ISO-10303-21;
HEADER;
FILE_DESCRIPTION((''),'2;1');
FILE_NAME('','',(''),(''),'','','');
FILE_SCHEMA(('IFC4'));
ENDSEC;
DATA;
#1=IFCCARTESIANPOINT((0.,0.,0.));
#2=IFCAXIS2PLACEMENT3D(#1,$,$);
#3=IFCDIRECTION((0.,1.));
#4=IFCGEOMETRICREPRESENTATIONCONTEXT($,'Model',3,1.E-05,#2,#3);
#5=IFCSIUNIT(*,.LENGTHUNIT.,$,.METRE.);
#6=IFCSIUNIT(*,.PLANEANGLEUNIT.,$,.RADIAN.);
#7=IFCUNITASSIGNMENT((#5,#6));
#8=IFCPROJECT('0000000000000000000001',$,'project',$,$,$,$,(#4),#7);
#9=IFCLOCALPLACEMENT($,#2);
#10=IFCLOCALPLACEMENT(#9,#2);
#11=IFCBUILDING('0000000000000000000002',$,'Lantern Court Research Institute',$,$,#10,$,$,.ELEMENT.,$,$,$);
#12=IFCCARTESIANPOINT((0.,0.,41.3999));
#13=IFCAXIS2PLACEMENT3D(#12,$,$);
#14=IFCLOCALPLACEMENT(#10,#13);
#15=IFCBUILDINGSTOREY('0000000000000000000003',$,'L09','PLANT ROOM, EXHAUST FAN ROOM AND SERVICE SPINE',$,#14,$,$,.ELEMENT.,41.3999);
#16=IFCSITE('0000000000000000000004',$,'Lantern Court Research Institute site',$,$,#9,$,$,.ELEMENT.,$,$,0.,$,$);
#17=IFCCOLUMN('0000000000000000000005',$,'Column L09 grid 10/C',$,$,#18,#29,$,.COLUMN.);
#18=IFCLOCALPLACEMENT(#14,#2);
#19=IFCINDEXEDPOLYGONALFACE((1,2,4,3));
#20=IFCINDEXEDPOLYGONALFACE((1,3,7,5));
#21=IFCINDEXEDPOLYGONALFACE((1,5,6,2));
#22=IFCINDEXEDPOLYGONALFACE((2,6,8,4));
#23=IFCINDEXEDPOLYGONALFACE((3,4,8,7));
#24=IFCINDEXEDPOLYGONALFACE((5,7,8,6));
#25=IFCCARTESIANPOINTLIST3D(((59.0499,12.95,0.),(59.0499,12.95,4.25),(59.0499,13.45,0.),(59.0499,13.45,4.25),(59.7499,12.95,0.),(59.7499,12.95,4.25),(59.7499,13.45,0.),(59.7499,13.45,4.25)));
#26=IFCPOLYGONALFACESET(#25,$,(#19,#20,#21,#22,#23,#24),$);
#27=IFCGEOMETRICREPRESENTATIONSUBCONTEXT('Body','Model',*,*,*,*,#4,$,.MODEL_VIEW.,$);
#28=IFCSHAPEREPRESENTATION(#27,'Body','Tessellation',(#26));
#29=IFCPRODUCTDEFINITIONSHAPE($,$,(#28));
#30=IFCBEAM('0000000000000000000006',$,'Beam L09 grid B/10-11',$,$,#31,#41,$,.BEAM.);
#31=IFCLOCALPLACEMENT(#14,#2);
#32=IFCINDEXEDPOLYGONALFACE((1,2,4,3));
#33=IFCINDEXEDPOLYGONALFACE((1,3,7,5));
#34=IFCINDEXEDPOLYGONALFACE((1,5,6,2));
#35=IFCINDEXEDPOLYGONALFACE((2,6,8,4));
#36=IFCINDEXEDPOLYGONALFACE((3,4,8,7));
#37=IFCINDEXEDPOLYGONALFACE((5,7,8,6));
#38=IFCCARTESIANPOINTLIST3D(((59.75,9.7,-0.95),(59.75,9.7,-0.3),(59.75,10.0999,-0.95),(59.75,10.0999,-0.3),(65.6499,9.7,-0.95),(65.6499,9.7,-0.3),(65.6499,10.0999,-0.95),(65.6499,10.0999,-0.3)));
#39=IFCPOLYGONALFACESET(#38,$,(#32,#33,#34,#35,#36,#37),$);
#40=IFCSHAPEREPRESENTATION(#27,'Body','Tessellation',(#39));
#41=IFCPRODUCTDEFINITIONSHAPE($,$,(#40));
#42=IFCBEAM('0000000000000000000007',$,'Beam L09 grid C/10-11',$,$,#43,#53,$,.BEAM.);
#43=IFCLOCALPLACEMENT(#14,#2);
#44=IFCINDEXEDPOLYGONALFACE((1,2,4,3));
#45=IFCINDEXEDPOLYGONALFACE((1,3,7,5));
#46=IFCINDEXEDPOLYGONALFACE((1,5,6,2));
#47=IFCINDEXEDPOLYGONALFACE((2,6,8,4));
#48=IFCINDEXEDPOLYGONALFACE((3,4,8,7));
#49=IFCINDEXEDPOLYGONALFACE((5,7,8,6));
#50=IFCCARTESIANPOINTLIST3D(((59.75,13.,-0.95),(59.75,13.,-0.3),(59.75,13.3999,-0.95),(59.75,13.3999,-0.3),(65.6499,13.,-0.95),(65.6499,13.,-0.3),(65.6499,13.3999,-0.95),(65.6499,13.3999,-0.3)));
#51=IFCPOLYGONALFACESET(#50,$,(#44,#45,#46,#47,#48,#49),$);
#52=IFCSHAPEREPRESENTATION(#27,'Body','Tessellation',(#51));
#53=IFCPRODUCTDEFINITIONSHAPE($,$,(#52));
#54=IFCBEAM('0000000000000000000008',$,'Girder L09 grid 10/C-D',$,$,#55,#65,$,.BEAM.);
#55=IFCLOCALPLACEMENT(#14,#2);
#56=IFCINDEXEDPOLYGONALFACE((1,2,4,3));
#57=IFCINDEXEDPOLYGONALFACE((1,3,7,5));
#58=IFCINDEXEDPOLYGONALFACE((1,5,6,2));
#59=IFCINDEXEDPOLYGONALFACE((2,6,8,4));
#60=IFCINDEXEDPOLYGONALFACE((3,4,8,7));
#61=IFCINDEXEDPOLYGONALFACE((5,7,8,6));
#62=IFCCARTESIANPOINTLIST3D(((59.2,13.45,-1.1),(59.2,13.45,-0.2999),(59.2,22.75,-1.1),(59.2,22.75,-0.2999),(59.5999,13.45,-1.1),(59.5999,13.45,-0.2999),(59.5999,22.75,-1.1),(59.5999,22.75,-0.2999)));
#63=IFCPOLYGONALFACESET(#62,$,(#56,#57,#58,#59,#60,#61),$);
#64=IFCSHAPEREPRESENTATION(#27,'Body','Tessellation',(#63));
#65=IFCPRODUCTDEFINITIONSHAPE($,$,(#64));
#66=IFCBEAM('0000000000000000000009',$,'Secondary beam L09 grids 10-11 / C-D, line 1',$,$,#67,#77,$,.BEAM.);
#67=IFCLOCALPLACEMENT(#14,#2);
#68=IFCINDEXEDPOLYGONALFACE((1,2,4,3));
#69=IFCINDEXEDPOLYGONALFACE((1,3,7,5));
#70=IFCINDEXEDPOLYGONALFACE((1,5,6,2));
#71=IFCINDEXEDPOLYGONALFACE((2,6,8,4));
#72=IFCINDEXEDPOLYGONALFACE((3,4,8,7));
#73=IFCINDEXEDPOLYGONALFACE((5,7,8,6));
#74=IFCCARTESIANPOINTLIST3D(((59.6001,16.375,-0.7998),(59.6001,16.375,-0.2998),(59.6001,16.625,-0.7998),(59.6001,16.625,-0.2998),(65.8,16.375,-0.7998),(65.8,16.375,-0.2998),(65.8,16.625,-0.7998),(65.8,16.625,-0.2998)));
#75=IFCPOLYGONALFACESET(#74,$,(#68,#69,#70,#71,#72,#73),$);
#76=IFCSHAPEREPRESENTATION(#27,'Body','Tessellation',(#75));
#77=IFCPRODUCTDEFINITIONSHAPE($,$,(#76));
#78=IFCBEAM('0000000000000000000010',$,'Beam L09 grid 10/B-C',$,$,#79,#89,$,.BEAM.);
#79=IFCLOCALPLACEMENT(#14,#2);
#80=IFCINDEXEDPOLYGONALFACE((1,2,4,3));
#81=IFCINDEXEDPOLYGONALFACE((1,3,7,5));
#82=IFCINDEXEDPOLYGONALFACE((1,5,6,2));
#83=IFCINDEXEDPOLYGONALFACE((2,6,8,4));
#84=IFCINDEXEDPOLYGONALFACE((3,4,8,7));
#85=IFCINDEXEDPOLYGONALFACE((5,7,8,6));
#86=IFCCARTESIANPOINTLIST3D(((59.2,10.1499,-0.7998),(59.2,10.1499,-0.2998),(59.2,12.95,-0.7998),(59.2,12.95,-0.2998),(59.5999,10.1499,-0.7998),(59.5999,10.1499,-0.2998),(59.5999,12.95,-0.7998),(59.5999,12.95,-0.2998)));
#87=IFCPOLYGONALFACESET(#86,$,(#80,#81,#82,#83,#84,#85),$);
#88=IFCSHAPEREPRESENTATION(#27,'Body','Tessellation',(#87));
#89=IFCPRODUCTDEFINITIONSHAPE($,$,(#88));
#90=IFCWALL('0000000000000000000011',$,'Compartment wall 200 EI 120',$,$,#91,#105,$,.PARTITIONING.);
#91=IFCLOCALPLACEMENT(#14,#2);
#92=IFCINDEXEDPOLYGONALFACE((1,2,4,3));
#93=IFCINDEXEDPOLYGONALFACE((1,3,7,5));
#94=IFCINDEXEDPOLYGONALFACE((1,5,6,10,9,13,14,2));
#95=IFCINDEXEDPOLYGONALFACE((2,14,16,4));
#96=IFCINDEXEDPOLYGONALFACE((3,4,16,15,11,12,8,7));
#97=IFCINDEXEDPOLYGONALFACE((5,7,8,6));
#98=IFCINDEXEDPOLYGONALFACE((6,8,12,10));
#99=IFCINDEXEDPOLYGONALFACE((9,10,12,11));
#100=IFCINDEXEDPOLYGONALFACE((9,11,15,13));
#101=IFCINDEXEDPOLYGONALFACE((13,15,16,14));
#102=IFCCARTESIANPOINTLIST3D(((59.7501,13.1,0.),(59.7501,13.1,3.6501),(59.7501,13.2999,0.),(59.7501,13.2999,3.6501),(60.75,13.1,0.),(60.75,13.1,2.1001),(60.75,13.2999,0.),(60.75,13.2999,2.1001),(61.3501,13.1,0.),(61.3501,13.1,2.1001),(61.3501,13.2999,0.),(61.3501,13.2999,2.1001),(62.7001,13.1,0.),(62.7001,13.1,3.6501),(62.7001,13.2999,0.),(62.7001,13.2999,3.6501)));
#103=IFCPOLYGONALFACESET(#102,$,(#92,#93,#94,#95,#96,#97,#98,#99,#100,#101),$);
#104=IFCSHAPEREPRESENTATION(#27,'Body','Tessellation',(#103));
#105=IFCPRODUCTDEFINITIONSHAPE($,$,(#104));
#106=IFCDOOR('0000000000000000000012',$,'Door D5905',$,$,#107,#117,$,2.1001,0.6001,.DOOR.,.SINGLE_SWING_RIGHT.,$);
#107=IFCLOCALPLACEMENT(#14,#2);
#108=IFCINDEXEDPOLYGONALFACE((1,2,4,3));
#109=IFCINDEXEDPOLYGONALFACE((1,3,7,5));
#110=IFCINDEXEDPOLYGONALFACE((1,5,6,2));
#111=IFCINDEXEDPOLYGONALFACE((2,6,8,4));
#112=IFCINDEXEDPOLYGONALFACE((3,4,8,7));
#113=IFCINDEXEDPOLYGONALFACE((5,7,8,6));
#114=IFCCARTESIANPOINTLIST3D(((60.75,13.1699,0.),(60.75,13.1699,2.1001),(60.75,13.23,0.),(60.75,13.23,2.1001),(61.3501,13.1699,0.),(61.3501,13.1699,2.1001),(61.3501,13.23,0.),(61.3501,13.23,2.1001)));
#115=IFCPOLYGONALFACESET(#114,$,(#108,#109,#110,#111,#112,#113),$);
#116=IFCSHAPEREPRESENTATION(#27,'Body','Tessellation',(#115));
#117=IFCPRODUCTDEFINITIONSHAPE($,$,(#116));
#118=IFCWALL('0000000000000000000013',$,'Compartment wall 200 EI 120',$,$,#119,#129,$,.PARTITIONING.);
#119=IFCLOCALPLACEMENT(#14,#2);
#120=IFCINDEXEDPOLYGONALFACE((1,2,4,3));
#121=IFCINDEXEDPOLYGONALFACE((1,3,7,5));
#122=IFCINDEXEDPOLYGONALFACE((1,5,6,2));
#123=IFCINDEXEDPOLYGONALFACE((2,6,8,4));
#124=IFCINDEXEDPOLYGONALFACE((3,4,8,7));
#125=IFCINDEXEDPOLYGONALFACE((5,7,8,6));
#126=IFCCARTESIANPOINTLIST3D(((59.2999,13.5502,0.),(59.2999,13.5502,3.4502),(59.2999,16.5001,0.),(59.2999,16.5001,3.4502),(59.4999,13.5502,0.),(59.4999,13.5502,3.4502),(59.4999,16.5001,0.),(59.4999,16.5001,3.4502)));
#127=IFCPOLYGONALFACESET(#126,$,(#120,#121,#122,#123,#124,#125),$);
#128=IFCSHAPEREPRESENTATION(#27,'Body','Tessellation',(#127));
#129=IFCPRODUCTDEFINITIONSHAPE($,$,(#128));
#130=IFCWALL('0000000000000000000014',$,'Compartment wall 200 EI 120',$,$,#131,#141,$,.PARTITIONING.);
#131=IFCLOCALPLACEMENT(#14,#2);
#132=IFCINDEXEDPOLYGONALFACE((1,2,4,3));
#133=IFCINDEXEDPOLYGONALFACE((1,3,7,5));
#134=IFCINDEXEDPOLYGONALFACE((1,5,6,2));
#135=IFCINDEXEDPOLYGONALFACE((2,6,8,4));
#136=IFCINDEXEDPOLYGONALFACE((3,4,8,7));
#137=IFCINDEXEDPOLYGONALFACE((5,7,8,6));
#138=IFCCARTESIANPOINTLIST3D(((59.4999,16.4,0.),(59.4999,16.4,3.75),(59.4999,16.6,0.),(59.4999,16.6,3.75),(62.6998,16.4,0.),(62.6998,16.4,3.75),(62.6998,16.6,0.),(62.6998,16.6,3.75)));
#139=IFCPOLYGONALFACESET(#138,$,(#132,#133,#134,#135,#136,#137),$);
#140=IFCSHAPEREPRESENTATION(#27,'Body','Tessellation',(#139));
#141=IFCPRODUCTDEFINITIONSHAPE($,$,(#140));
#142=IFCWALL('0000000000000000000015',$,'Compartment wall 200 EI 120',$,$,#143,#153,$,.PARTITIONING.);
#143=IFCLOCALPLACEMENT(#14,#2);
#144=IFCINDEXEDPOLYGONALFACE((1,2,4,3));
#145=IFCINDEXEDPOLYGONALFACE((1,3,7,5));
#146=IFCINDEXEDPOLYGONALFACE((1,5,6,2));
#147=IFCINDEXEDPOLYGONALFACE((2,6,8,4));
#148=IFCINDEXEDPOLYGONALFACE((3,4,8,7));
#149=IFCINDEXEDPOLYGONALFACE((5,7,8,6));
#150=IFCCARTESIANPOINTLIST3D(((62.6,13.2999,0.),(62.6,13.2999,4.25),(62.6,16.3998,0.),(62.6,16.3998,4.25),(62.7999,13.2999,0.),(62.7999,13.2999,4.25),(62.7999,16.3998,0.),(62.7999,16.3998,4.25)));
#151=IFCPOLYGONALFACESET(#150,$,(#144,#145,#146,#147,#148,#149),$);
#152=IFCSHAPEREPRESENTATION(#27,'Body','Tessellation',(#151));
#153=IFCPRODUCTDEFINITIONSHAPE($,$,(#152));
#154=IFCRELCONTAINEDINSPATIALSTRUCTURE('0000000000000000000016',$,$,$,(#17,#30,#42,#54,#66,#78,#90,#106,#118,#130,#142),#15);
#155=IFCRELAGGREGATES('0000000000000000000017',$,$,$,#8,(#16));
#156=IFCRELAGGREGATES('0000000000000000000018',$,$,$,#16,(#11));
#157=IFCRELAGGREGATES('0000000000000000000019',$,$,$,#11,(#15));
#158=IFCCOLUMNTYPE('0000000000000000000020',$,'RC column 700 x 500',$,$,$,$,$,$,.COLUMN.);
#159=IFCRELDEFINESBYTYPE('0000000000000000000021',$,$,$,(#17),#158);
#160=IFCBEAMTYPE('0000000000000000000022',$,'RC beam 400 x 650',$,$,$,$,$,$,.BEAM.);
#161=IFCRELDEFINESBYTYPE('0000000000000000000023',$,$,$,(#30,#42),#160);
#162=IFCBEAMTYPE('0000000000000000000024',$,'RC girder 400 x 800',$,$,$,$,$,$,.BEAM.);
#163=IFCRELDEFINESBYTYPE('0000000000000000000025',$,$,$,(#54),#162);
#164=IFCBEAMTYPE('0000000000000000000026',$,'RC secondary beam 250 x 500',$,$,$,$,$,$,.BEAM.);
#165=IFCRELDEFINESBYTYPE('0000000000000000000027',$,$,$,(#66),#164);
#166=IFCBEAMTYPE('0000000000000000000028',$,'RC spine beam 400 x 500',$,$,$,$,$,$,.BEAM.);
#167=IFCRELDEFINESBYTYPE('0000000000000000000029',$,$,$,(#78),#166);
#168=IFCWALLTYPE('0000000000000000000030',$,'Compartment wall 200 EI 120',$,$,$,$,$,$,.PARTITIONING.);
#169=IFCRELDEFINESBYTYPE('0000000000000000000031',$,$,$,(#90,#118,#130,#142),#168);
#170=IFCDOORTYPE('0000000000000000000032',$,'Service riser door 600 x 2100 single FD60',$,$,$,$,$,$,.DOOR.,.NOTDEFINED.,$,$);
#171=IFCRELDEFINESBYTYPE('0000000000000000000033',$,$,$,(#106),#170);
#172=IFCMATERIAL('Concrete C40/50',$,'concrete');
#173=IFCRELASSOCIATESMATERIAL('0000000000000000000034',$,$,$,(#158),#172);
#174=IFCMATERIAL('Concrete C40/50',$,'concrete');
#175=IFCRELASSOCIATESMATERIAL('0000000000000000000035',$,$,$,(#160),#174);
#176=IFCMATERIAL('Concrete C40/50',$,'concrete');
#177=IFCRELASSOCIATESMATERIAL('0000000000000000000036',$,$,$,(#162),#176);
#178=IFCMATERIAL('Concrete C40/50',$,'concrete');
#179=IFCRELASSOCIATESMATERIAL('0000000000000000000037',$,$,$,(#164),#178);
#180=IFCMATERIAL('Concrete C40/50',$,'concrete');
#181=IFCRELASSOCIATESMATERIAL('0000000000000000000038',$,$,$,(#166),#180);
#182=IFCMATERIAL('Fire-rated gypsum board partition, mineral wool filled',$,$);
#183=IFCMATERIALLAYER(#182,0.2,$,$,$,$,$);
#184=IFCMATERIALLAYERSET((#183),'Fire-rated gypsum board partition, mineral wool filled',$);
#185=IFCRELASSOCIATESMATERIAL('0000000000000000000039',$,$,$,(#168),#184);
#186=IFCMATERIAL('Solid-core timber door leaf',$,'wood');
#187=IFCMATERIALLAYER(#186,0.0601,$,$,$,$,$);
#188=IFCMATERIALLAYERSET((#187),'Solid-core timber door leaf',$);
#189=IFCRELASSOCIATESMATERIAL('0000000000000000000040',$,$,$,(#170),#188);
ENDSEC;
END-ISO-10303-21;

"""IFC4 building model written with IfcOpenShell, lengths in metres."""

from ifc_helpers import new_model, si_unit, direction, frame, frame_2d, origin, origin_2d, place, context, subcontext, project, spatial, rectangle, extrude, material, layer, layer_set, material_profile, profile_set, type_object, element, fill, save


model = new_model("IFC4")

# Units and contexts
model_context = context("Model", 3, precision=1e-05, world=origin(), true_north=direction((0.0, 1.0)))
body_context = subcontext(model_context, "Body", "Model", "MODEL_VIEW")
ifc_project = project(units=[si_unit("LENGTHUNIT", "METRE"), si_unit("PLANEANGLEUNIT", "RADIAN")], contexts=[model_context])

# Site, building, storey
site_placement = place(None, origin())
site = spatial("IfcSite", under=ifc_project, at=site_placement, Name="Lantern Court Research Institute site", CompositionType="ELEMENT", RefElevation=0.0)
building_placement = place(site_placement, origin())
building = spatial("IfcBuilding", under=site, at=building_placement, Name="Lantern Court Research Institute", CompositionType="ELEMENT")
storey_placement = place(building_placement, frame((0.0, 0.0, 41.3999)))
storey = spatial("IfcBuildingStorey", under=building, at=storey_placement, Name="L09", Description="PLANT ROOM, EXHAUST FAN ROOM AND SERVICE SPINE", CompositionType="ELEMENT", Elevation=41.3999)

# Column
ifc_material_1 = material(Name="Concrete C40/50", Category="concrete")
ifc_material_profile_1 = material_profile(ifc_material_1, rectangle(XDim=0.7, YDim=0.5, at=origin_2d()), Name="RC column 700 x 500")
ifc_profile_set_1 = profile_set([ifc_material_profile_1], Name="Concrete C40/50")
column_type = type_object("IfcColumnType", Name="RC column 700 x 500", PredefinedType="COLUMN", material=ifc_profile_set_1)
column_placement = place(storey_placement, frame((59.3999, 13.2, 0.0), z_axis=(0.0, 0.0, 1.0), x_axis=(1.0, 0.0, 0.0)))
element("IfcColumn", 1, at=column_placement, inside=storey, type_object=column_type, Name="Column L09 grid 10/C", PredefinedType="COLUMN", context=body_context, shape_type="SweptSolid", body=[
    extrude(rectangle(XDim=0.7, YDim=0.5, at=origin_2d()), origin(), (0.0, 0.0, 1.0), 4.25),
])

# Beams
ifc_material_2 = material(Name="Concrete C40/50", Category="concrete")
ifc_material_profile_2 = material_profile(ifc_material_2, rectangle(XDim=0.3999, YDim=0.6499, at=origin_2d()), Name="RC beam 400 x 650")
ifc_profile_set_2 = profile_set([ifc_material_profile_2], Name="Concrete C40/50")
beam_type_1 = type_object("IfcBeamType", Name="RC beam 400 x 650", PredefinedType="BEAM", material=ifc_profile_set_2)
for number, where, z_axis, x_axis, name in (
    (2, (59.75, 9.8999, -0.625), (1.0, 0.0, 0.0), (0.0, 1.0, 0.0), "Beam L09 grid B/10-11"),
    (3, (59.75, 13.2, -0.625), (1.0, 0.0, 0.0), (0.0, 1.0, 0.0), "Beam L09 grid C/10-11"),
):
    element("IfcBeam", number, at=place(storey_placement, frame(where, z_axis=z_axis, x_axis=x_axis)), inside=storey, type_object=beam_type_1, Name=name, PredefinedType="BEAM", context=body_context, shape_type="SweptSolid", body=[
        extrude(rectangle(XDim=0.3999, YDim=0.6499, at=origin_2d()), origin(), (0.0, 0.0, 1.0), 5.8999),
    ])
ifc_material_3 = material(Name="Concrete C40/50", Category="concrete")
ifc_material_profile_3 = material_profile(ifc_material_3, rectangle(XDim=0.3999, YDim=0.8, at=origin_2d()), Name="RC beam 400 x 800")
ifc_profile_set_3 = profile_set([ifc_material_profile_3], Name="Concrete C40/50")
beam_type_2 = type_object("IfcBeamType", Name="RC girder 400 x 800", PredefinedType="BEAM", material=ifc_profile_set_3)
beam_1_placement = place(storey_placement, frame((59.3999, 13.45, -0.7), z_axis=(0.0, 1.0, 0.0), x_axis=(-1.0, 0.0, 0.0)))
element("IfcBeam", 4, at=beam_1_placement, inside=storey, type_object=beam_type_2, Name="Girder L09 grid 10/C-D", PredefinedType="BEAM", context=body_context, shape_type="SweptSolid", body=[
    extrude(rectangle(XDim=0.3999, YDim=0.8, at=origin_2d()), origin(), (0.0, 0.0, 1.0), 9.3),
])
ifc_material_4 = material(Name="Concrete C40/50", Category="concrete")
ifc_material_profile_4 = material_profile(ifc_material_4, rectangle(XDim=0.25, YDim=0.5, at=origin_2d()), Name="RC beam 250 x 500")
ifc_profile_set_4 = profile_set([ifc_material_profile_4], Name="Concrete C40/50")
beam_type_3 = type_object("IfcBeamType", Name="RC secondary beam 250 x 500", PredefinedType="BEAM", material=ifc_profile_set_4)
beam_2_placement = place(storey_placement, frame((59.6001, 16.5, -0.5498), z_axis=(1.0, 0.0, 0.0), x_axis=(0.0, 1.0, 0.0)))
element("IfcBeam", 5, at=beam_2_placement, inside=storey, type_object=beam_type_3, Name="Secondary beam L09 grids 10-11 / C-D, line 1", PredefinedType="BEAM", context=body_context, shape_type="SweptSolid", body=[
    extrude(rectangle(XDim=0.25, YDim=0.5, at=origin_2d()), origin(), (0.0, 0.0, 1.0), 6.2),
])
ifc_material_5 = material(Name="Concrete C40/50", Category="concrete")
ifc_material_profile_5 = material_profile(ifc_material_5, rectangle(XDim=0.3999, YDim=0.5, at=origin_2d()), Name="RC beam 400 x 500")
ifc_profile_set_5 = profile_set([ifc_material_profile_5], Name="Concrete C40/50")
beam_type_4 = type_object("IfcBeamType", Name="RC spine beam 400 x 500", PredefinedType="BEAM", material=ifc_profile_set_5)
beam_3_placement = place(storey_placement, frame((59.3999, 10.1499, -0.5498), z_axis=(0.0, 1.0, 0.0), x_axis=(-1.0, 0.0, 0.0)))
element("IfcBeam", 6, at=beam_3_placement, inside=storey, type_object=beam_type_4, Name="Beam L09 grid 10/B-C", PredefinedType="BEAM", context=body_context, shape_type="SweptSolid", body=[
    extrude(rectangle(XDim=0.3999, YDim=0.5, at=origin_2d()), origin(), (0.0, 0.0, 1.0), 2.8),
])

# Wall, opening, door
ifc_material_6 = material(Name="Fire-rated gypsum board partition, mineral wool filled")
ifc_layer_1 = layer(ifc_material_6, 0.2)
ifc_layer_set_1 = layer_set([ifc_layer_1], Name="Fire-rated gypsum board partition, mineral wool filled")
wall_type_1 = type_object("IfcWallType", Name="Compartment wall 200 EI 120", PredefinedType="PARTITIONING", material=ifc_layer_set_1)
wall_1_placement = place(storey_placement, frame((59.75, 13.2, 0.0), z_axis=(0.0, 0.0, 1.0), x_axis=(1.0, 0.0, 0.0)))
wall_1 = element("IfcWall", 7, at=wall_1_placement, inside=storey, type_object=wall_type_1, Name="Compartment wall 200 EI 120", PredefinedType="PARTITIONING", context=body_context, shape_type="SweptSolid", body=[
    extrude(rectangle(XDim=2.95, YDim=0.2, at=frame_2d((1.4751, 0.0))), origin(), (0.0, 0.0, 1.0), 3.6501),
])
opening_1_placement = place(wall_1_placement, frame((1.0, 0.0, 0.0)))
opening_1 = element("IfcOpeningElement", 8, at=opening_1_placement, cuts=wall_1, PredefinedType="OPENING", context=body_context, shape_type="SweptSolid", body=[
    extrude(rectangle(XDim=0.6001, YDim=2.1001, at=frame_2d((0.3, 1.05))), frame((0.0, 0.1099, 0.0), z_axis=(0.0, -1.0, 0.0), x_axis=(1.0, 0.0, 0.0)), (0.0, 0.0, 1.0), 0.22),
])
ifc_material_7 = material(Name="Solid-core timber door leaf", Category="wood")
ifc_layer_2 = layer(ifc_material_7, 0.0601)
ifc_layer_set_2 = layer_set([ifc_layer_2], Name="Solid-core timber door leaf")
door_type_1 = type_object("IfcDoorType", Name="Service riser door 600 x 2100 single FD60", OperationType="NOTDEFINED", PredefinedType="DOOR", material=ifc_layer_set_2)
door_1_placement = place(opening_1_placement, origin())
door_1 = element("IfcDoor", 9, at=door_1_placement, inside=storey, type_object=door_type_1, Name="Door D5905", OperationType="SINGLE_SWING_RIGHT", OverallHeight=2.1001, OverallWidth=0.6001, PredefinedType="DOOR", context=body_context, shape_type="SweptSolid", body=[
    extrude(rectangle(XDim=0.6001, YDim=2.1001, at=frame_2d((0.3, 1.05))), frame((0.0, 0.03, 0.0), z_axis=(0.0, -1.0, 0.0), x_axis=(1.0, 0.0, 0.0)), (0.0, 0.0, 1.0), 0.0601),
])
fill(opening_1, door_1)

# Walls
wall_2_placement = place(storey_placement, frame((59.3999, 13.55, 0.0), z_axis=(0.0, 0.0, 1.0), x_axis=(0.0, 1.0, 0.0)))
element("IfcWall", 10, at=wall_2_placement, inside=storey, type_object=wall_type_1, Name="Compartment wall 200 EI 120", PredefinedType="PARTITIONING", context=body_context, shape_type="SweptSolid", body=[
    extrude(rectangle(XDim=2.95, YDim=0.2, at=frame_2d((1.4751, 0.0))), origin(), (0.0, 0.0, 1.0), 3.4502),
])
wall_3_placement = place(storey_placement, frame((62.7, 16.5, 0.0), z_axis=(0.0, 0.0, 1.0), x_axis=(-1.0, 0.0, 0.0)))
element("IfcWall", 11, at=wall_3_placement, inside=storey, type_object=wall_type_1, Name="Compartment wall 200 EI 120", PredefinedType="PARTITIONING", context=body_context, shape_type="SweptSolid", body=[
    extrude(rectangle(XDim=3.2, YDim=0.2, at=frame_2d((1.6001, 0.0))), origin(), (0.0, 0.0, 1.0), 3.75),
])
wall_4_placement = place(storey_placement, frame((62.7, 13.3, 0.0), z_axis=(0.0, 0.0, 1.0), x_axis=(0.0, 1.0, 0.0)))
element("IfcWall", 12, at=wall_4_placement, inside=storey, type_object=wall_type_1, Name="Compartment wall 200 EI 120", PredefinedType="PARTITIONING", context=body_context, shape_type="SweptSolid", body=[
    extrude(rectangle(XDim=3.0999, YDim=0.2, at=frame_2d((1.5498, 0.0))), origin(), (0.0, 0.0, 1.0), 4.25),
])

save(model, "model.ifc")
